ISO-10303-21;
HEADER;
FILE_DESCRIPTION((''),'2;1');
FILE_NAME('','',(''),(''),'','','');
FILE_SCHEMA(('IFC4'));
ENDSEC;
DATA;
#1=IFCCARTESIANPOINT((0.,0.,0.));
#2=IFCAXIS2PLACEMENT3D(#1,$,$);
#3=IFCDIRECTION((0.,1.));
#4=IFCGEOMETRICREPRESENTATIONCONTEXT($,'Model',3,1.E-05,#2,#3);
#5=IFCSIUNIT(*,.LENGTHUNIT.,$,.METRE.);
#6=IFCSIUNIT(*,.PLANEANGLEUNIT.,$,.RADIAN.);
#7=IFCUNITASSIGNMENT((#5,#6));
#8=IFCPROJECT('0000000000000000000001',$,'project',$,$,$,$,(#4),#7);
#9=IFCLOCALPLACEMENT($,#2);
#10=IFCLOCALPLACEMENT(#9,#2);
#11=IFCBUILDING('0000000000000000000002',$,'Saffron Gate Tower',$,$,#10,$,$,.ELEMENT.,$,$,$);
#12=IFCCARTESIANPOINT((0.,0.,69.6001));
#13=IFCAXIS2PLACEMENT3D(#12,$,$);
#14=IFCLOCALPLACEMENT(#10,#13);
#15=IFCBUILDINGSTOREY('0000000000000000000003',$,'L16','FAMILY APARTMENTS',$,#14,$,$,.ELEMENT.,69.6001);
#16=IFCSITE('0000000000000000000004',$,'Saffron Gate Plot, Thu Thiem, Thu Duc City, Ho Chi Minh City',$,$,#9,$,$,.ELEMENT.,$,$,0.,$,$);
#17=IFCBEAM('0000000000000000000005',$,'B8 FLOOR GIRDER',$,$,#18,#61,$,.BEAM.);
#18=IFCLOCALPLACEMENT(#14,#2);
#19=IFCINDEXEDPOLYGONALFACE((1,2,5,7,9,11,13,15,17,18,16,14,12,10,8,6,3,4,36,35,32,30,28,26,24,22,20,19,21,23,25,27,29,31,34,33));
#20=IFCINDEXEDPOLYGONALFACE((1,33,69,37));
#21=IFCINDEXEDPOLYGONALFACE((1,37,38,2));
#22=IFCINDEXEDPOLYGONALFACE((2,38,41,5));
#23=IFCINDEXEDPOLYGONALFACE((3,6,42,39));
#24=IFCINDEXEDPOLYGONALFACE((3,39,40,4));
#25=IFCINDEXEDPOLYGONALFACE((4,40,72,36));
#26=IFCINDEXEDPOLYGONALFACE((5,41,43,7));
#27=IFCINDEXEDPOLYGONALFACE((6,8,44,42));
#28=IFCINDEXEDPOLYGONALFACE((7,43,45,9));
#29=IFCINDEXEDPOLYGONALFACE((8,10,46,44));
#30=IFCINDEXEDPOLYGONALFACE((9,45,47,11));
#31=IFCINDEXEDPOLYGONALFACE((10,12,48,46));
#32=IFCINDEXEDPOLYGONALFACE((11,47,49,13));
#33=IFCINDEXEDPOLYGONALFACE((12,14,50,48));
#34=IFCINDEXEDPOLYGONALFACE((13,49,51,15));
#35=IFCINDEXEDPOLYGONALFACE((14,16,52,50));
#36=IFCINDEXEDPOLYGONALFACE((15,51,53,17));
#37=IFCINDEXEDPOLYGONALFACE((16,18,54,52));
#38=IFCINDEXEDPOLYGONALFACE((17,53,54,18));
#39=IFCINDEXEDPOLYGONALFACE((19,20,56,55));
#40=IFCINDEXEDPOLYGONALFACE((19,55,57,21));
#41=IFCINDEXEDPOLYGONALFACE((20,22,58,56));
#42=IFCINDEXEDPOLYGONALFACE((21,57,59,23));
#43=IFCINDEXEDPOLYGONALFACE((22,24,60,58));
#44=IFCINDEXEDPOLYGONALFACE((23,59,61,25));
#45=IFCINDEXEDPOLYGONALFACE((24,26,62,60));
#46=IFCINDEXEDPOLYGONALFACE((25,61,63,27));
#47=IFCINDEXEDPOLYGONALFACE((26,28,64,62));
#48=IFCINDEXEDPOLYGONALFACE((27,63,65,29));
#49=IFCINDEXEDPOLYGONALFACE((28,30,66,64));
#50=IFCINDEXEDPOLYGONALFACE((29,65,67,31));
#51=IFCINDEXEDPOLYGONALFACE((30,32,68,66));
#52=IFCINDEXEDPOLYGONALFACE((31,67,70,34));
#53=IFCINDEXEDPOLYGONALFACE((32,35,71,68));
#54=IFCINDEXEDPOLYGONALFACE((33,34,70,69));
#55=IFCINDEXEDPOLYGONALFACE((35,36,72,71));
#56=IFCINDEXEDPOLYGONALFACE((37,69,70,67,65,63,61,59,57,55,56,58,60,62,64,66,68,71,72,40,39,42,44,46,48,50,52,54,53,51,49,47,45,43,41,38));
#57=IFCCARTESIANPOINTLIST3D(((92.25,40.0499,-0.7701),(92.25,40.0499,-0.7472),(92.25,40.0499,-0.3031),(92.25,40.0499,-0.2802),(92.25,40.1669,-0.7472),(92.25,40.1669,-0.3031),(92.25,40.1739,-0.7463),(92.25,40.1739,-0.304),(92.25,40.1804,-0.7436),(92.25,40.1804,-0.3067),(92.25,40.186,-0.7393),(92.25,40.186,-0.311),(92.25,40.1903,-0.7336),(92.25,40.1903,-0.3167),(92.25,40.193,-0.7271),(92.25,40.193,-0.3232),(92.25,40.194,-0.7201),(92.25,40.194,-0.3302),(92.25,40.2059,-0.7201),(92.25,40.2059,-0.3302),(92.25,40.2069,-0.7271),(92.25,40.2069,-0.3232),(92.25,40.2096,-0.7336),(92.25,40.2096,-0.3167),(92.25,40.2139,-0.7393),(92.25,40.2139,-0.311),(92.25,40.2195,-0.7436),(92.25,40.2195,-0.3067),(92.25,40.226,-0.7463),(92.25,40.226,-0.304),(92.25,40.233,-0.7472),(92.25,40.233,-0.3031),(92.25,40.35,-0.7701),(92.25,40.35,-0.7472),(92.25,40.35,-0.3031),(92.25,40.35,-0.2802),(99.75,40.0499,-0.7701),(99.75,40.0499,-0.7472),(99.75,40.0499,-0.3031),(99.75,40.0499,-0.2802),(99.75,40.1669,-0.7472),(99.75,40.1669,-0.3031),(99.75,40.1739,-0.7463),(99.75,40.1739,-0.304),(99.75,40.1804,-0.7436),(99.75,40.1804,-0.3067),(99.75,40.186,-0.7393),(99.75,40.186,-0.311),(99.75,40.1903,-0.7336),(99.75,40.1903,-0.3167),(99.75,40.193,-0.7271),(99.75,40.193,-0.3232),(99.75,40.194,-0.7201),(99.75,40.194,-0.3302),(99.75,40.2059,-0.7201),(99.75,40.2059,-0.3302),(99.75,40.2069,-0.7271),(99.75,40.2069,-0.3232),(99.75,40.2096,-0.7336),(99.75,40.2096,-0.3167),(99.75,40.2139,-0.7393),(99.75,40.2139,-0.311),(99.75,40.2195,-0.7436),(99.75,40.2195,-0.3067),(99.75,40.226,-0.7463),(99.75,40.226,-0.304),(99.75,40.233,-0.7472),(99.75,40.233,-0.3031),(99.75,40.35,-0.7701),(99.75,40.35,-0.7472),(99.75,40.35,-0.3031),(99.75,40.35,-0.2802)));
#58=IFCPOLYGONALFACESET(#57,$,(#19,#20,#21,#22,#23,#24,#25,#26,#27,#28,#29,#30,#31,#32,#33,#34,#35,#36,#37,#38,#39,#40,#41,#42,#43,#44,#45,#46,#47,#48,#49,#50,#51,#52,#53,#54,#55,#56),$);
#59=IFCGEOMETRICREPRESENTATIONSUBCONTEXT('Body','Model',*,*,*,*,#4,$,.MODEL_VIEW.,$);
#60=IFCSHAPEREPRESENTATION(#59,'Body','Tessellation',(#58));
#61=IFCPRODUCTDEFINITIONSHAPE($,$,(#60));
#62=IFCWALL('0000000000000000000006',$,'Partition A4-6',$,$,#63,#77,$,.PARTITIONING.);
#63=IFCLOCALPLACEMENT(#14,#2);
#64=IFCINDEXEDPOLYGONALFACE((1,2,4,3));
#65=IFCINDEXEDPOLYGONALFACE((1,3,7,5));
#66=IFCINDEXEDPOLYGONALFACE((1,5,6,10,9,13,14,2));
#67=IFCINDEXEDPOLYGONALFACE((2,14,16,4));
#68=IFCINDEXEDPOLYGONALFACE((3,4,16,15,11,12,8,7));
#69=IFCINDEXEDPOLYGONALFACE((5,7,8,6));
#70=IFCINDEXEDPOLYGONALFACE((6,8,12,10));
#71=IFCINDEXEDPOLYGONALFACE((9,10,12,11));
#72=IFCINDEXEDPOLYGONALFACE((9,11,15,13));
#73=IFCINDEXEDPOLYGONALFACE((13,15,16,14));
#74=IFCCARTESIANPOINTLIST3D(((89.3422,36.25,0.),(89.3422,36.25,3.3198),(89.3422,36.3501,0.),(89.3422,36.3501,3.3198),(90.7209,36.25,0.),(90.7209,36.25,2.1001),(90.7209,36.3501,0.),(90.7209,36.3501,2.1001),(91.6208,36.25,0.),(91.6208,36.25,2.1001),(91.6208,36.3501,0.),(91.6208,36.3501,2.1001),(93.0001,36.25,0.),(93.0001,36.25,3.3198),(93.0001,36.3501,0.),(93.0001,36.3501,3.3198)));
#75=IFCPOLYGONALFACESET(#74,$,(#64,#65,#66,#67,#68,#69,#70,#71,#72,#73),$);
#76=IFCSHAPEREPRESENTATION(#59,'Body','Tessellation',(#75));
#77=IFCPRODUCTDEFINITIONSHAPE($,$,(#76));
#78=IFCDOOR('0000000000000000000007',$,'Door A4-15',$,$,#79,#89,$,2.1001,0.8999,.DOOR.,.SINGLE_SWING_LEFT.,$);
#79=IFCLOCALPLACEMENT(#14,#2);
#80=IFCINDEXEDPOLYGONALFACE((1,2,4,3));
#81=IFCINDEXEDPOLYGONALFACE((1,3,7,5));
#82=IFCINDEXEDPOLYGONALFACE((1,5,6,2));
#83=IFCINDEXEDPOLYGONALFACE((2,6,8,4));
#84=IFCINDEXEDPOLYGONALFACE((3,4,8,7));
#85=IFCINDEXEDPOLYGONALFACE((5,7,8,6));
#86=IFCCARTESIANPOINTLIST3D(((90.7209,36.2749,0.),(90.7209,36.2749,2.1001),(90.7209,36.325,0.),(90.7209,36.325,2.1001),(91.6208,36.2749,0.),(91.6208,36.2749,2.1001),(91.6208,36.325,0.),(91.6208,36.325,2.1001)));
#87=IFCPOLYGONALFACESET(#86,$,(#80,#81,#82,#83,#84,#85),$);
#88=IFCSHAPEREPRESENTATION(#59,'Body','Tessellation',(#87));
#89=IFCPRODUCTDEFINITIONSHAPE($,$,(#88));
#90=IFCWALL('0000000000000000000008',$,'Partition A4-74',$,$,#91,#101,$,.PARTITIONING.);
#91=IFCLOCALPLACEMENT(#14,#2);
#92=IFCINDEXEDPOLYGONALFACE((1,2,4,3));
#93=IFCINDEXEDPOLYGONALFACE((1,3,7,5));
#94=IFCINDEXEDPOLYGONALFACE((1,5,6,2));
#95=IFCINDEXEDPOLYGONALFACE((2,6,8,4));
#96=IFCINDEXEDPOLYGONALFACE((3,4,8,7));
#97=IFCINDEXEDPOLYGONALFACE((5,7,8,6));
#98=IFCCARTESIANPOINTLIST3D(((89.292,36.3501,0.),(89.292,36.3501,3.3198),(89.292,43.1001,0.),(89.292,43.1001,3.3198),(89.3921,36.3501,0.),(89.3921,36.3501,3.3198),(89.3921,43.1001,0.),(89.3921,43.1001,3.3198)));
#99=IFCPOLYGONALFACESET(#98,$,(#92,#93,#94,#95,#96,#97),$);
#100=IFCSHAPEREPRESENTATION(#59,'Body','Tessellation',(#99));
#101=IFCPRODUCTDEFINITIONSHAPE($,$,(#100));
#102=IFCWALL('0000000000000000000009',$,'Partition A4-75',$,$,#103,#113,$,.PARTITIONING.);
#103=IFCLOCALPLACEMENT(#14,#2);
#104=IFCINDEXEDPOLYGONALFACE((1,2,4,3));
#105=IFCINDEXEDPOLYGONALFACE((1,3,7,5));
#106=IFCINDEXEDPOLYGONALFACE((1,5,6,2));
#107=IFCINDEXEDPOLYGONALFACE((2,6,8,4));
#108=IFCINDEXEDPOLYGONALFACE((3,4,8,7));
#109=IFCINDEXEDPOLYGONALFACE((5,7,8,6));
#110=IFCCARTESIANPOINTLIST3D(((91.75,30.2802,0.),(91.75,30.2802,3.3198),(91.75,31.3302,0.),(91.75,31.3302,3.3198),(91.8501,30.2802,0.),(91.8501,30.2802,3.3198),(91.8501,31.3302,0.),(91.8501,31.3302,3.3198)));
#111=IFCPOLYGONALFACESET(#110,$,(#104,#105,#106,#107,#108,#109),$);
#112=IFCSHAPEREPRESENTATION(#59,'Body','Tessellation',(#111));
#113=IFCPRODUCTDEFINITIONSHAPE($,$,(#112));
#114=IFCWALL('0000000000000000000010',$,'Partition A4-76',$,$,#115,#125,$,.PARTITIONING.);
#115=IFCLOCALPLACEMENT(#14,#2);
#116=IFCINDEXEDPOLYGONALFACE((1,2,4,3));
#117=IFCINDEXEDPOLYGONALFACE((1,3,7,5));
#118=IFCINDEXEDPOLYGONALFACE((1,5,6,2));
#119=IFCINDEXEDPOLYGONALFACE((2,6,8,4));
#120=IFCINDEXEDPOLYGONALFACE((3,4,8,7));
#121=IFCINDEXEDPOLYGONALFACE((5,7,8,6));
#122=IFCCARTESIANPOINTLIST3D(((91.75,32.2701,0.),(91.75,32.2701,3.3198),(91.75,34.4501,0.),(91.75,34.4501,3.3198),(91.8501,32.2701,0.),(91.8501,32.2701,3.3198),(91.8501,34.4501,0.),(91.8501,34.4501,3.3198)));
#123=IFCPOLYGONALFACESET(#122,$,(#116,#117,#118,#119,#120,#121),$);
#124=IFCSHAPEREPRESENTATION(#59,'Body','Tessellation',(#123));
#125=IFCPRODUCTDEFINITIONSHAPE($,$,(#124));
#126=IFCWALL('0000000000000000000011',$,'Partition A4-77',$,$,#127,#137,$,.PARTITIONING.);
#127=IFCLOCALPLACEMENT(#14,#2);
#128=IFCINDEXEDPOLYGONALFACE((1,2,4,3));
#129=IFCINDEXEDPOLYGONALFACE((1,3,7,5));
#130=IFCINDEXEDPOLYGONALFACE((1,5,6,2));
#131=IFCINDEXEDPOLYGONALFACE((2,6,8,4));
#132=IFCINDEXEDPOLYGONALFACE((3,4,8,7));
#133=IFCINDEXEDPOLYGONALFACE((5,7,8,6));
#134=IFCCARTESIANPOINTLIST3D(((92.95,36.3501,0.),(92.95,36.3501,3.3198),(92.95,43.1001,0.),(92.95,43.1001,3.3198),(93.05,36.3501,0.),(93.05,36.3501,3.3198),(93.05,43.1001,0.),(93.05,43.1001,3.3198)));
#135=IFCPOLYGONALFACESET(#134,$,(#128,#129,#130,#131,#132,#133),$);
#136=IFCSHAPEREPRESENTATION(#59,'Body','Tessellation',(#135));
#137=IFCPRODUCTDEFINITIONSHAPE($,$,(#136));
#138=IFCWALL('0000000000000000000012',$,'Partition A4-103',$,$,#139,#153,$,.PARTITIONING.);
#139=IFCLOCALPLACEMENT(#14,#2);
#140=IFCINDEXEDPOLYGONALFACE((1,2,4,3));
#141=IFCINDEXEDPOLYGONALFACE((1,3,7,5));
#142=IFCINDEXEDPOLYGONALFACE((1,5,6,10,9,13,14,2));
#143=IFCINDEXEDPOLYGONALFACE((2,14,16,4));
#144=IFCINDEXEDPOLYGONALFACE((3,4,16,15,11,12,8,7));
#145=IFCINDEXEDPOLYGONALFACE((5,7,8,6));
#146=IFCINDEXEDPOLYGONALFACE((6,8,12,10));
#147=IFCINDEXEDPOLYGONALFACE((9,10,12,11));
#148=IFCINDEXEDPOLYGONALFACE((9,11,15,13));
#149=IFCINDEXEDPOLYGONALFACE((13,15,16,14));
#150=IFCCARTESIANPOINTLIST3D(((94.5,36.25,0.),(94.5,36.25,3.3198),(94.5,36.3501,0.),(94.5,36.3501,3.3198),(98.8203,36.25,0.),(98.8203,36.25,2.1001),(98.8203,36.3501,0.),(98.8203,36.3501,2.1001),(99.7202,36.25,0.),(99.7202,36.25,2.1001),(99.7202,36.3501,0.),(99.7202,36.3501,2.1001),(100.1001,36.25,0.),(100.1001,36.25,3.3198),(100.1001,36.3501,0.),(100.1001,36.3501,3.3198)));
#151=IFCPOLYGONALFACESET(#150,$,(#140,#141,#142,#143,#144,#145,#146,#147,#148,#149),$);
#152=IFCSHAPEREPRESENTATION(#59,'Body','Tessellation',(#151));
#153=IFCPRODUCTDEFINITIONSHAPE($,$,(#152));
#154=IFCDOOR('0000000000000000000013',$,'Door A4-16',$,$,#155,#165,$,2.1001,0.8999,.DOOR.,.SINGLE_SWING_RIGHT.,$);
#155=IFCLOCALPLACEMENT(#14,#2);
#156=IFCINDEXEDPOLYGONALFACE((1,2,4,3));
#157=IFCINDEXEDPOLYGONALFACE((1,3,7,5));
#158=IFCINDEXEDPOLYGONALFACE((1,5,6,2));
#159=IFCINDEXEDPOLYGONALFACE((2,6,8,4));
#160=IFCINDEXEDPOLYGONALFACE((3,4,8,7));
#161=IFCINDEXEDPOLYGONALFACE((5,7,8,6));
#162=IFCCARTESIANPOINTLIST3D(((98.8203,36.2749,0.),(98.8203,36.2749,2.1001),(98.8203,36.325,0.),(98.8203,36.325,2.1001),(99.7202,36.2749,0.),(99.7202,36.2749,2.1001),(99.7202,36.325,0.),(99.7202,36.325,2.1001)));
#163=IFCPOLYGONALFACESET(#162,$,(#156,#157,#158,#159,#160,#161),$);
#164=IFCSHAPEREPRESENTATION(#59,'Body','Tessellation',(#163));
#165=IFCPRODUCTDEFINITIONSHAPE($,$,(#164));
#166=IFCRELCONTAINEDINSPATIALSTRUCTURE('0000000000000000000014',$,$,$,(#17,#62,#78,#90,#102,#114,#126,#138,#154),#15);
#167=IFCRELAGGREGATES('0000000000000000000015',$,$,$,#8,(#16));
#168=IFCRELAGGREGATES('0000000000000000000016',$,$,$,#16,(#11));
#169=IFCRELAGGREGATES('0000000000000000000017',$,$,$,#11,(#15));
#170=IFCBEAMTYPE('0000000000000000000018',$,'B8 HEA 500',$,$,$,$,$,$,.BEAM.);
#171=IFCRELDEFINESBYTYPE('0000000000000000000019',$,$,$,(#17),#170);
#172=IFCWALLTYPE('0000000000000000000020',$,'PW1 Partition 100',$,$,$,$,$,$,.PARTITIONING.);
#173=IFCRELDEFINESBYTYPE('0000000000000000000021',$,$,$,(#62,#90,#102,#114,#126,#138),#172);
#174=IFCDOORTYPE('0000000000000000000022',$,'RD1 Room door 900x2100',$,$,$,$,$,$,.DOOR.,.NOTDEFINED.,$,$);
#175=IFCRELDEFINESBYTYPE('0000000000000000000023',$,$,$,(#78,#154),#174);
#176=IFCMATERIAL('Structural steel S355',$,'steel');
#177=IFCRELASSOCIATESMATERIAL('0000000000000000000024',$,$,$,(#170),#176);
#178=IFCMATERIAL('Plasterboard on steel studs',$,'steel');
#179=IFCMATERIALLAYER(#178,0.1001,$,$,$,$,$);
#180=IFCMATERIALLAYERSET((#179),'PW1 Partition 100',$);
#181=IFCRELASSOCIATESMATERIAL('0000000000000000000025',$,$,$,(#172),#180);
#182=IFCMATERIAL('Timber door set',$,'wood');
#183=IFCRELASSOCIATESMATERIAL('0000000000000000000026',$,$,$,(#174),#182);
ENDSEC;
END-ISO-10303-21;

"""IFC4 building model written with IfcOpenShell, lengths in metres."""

from ifc_helpers import new_model, si_unit, direction, frame, frame_2d, origin, origin_2d, place, context, subcontext, project, spatial, rectangle, i_section, extrude, material, layer, layer_set, material_profile, profile_set, type_object, element, fill, save


model = new_model("IFC4")

# Units and contexts
model_context = context("Model", 3, precision=1e-05, world=origin(), true_north=direction((0.0, 1.0)))
body_context = subcontext(model_context, "Body", "Model", "MODEL_VIEW")
ifc_project = project(units=[si_unit("LENGTHUNIT", "METRE"), si_unit("PLANEANGLEUNIT", "RADIAN")], contexts=[model_context])

# Site, building, storey
site_placement = place(None, origin())
site = spatial("IfcSite", under=ifc_project, at=site_placement, Name="Saffron Gate Plot, Thu Thiem, Thu Duc City, Ho Chi Minh City", CompositionType="ELEMENT", RefElevation=0.0)
building_placement = place(site_placement, origin())
building = spatial("IfcBuilding", under=site, at=building_placement, Name="Saffron Gate Tower", CompositionType="ELEMENT")
storey_placement = place(building_placement, frame((0.0, 0.0, 69.6001)))
storey = spatial("IfcBuildingStorey", under=building, at=storey_placement, Name="L16", Description="FAMILY APARTMENTS", CompositionType="ELEMENT", Elevation=69.6001)

# Beam
ifc_material_1 = material(Name="Structural steel S355", Category="steel")
ifc_material_profile_1 = material_profile(ifc_material_1, i_section(OverallWidth=0.3, OverallDepth=0.49, WebThickness=0.012, FlangeThickness=0.0229, FilletRadius=0.0271, at=origin_2d()))
ifc_profile_set_1 = profile_set([ifc_material_profile_1], Name="Structural steel S355")
beam_type_1 = type_object("IfcBeamType", Name="B8 HEA 500", PredefinedType="BEAM", material=ifc_profile_set_1)
for number, where, z_axis, x_axis, name in (
    (1, (92.25, 40.2, -0.5251), (1.0, 0.0, 0.0), (0.0, 1.0, 0.0), "B8 FLOOR GIRDER"),
):
    element("IfcBeam", number, at=place(storey_placement, frame(where, z_axis=z_axis, x_axis=x_axis)), inside=storey, type_object=beam_type_1, Name=name, PredefinedType="BEAM", context=body_context, shape_type="SweptSolid", body=[
        extrude(i_section(OverallWidth=0.3, OverallDepth=0.49, WebThickness=0.012, FlangeThickness=0.0229, FilletRadius=0.0271, at=origin_2d()), origin(), (0.0, 0.0, 1.0), 7.5),
    ])

# Wall, opening, door
ifc_material_2 = material(Name="Plasterboard on steel studs", Category="steel")
ifc_layer = layer(ifc_material_2, 0.1001)
ifc_layer_set = layer_set([ifc_layer], Name="PW1 Partition 100")
wall_type = type_object("IfcWallType", Name="PW1 Partition 100", PredefinedType="PARTITIONING", material=ifc_layer_set)
wall_1_placement = place(storey_placement, frame((89.342, 36.3, 0.0), z_axis=(0.0, 0.0, 1.0), x_axis=(1.0, 0.0, 0.0)))
wall_1 = element("IfcWall", 2, at=wall_1_placement, inside=storey, type_object=wall_type, Name="Partition A4-6", PredefinedType="PARTITIONING", context=body_context, shape_type="SweptSolid", body=[
    extrude(rectangle(XDim=3.658, YDim=0.1001, at=frame_2d((1.8291, 0.0))), origin(), (0.0, 0.0, 1.0), 3.3198),
])
opening_1_placement = place(wall_1_placement, frame((1.3789, 0.0, 0.0)))
opening_1 = element("IfcOpeningElement", 3, at=opening_1_placement, cuts=wall_1, PredefinedType="OPENING", context=body_context, shape_type="SweptSolid", body=[
    extrude(rectangle(XDim=0.8999, YDim=2.1001, at=frame_2d((0.45, 1.05))), frame((0.0, 0.0601, 0.0), z_axis=(0.0, -1.0, 0.0), x_axis=(1.0, 0.0, 0.0)), (0.0, 0.0, 1.0), 0.1201),
])
ifc_material_3 = material(Name="Timber door set", Category="wood")
door_type = type_object("IfcDoorType", Name="RD1 Room door 900x2100", OperationType="NOTDEFINED", PredefinedType="DOOR", material=ifc_material_3)
door_1_placement = place(opening_1_placement, origin())
door_1 = element("IfcDoor", 4, at=door_1_placement, inside=storey, type_object=door_type, Name="Door A4-15", OperationType="SINGLE_SWING_LEFT", OverallHeight=2.1001, OverallWidth=0.8999, PredefinedType="DOOR", context=body_context, shape_type="SweptSolid", body=[
    extrude(rectangle(XDim=0.8999, YDim=2.1001, at=frame_2d((0.45, 1.05))), frame((0.0, 0.0249, 0.0), z_axis=(0.0, -1.0, 0.0), x_axis=(1.0, 0.0, 0.0)), (0.0, 0.0, 1.0), 0.05),
])
fill(opening_1, door_1)

# Walls
wall_2_placement = place(storey_placement, frame((89.342, 43.1001, 0.0), z_axis=(0.0, 0.0, 1.0), x_axis=(0.0, -1.0, 0.0)))
element("IfcWall", 5, at=wall_2_placement, inside=storey, type_object=wall_type, Name="Partition A4-74", PredefinedType="PARTITIONING", context=body_context, shape_type="SweptSolid", body=[
    extrude(rectangle(XDim=6.75, YDim=0.1001, at=frame_2d((3.375, 0.0))), origin(), (0.0, 0.0, 1.0), 3.3198),
])
wall_3_placement = place(storey_placement, frame((91.8, 31.3301, 0.0), z_axis=(0.0, 0.0, 1.0), x_axis=(0.0, -1.0, 0.0)))
element("IfcWall", 6, at=wall_3_placement, inside=storey, type_object=wall_type, Name="Partition A4-75", PredefinedType="PARTITIONING", context=body_context, shape_type="SweptSolid", body=[
    extrude(rectangle(XDim=1.05, YDim=0.1001, at=frame_2d((0.5249, 0.0))), origin(), (0.0, 0.0, 1.0), 3.3198),
])
wall_4_placement = place(storey_placement, frame((91.8, 34.45, 0.0), z_axis=(0.0, 0.0, 1.0), x_axis=(0.0, -1.0, 0.0)))
element("IfcWall", 7, at=wall_4_placement, inside=storey, type_object=wall_type, Name="Partition A4-76", PredefinedType="PARTITIONING", context=body_context, shape_type="SweptSolid", body=[
    extrude(rectangle(XDim=2.1799, YDim=0.1001, at=frame_2d((1.0898, 0.0))), origin(), (0.0, 0.0, 1.0), 3.3198),
])
wall_5_placement = place(storey_placement, frame((93.0, 43.1001, 0.0), z_axis=(0.0, 0.0, 1.0), x_axis=(0.0, -1.0, 0.0)))
element("IfcWall", 8, at=wall_5_placement, inside=storey, type_object=wall_type, Name="Partition A4-77", PredefinedType="PARTITIONING", context=body_context, shape_type="SweptSolid", body=[
    extrude(rectangle(XDim=6.75, YDim=0.1001, at=frame_2d((3.375, 0.0))), origin(), (0.0, 0.0, 1.0), 3.3198),
])

# Wall, opening, door
wall_6_placement = place(storey_placement, frame((94.5, 36.3, 0.0), z_axis=(0.0, 0.0, 1.0), x_axis=(1.0, 0.0, 0.0)))
wall_6 = element("IfcWall", 9, at=wall_6_placement, inside=storey, type_object=wall_type, Name="Partition A4-103", PredefinedType="PARTITIONING", context=body_context, shape_type="SweptSolid", body=[
    extrude(rectangle(XDim=5.6001, YDim=0.1001, at=frame_2d((2.8, 0.0))), origin(), (0.0, 0.0, 1.0), 3.3198),
])
opening_2_placement = place(wall_6_placement, frame((4.3203, 0.0, 0.0)))
opening_2 = element("IfcOpeningElement", 10, at=opening_2_placement, cuts=wall_6, PredefinedType="OPENING", context=body_context, shape_type="SweptSolid", body=[
    extrude(rectangle(XDim=0.8999, YDim=2.1001, at=frame_2d((0.45, 1.05))), frame((0.0, 0.0601, 0.0), z_axis=(0.0, -1.0, 0.0), x_axis=(1.0, 0.0, 0.0)), (0.0, 0.0, 1.0), 0.1201),
])
door_2_placement = place(opening_2_placement, origin())
door_2 = element("IfcDoor", 11, at=door_2_placement, inside=storey, type_object=door_type, Name="Door A4-16", OperationType="SINGLE_SWING_RIGHT", OverallHeight=2.1001, OverallWidth=0.8999, PredefinedType="DOOR", context=body_context, shape_type="SweptSolid", body=[
    extrude(rectangle(XDim=0.8999, YDim=2.1001, at=frame_2d((0.45, 1.05))), frame((0.0, 0.0249, 0.0), z_axis=(0.0, -1.0, 0.0), x_axis=(1.0, 0.0, 0.0)), (0.0, 0.0, 1.0), 0.05),
])
fill(opening_2, door_2)

save(model, "model.ifc")
